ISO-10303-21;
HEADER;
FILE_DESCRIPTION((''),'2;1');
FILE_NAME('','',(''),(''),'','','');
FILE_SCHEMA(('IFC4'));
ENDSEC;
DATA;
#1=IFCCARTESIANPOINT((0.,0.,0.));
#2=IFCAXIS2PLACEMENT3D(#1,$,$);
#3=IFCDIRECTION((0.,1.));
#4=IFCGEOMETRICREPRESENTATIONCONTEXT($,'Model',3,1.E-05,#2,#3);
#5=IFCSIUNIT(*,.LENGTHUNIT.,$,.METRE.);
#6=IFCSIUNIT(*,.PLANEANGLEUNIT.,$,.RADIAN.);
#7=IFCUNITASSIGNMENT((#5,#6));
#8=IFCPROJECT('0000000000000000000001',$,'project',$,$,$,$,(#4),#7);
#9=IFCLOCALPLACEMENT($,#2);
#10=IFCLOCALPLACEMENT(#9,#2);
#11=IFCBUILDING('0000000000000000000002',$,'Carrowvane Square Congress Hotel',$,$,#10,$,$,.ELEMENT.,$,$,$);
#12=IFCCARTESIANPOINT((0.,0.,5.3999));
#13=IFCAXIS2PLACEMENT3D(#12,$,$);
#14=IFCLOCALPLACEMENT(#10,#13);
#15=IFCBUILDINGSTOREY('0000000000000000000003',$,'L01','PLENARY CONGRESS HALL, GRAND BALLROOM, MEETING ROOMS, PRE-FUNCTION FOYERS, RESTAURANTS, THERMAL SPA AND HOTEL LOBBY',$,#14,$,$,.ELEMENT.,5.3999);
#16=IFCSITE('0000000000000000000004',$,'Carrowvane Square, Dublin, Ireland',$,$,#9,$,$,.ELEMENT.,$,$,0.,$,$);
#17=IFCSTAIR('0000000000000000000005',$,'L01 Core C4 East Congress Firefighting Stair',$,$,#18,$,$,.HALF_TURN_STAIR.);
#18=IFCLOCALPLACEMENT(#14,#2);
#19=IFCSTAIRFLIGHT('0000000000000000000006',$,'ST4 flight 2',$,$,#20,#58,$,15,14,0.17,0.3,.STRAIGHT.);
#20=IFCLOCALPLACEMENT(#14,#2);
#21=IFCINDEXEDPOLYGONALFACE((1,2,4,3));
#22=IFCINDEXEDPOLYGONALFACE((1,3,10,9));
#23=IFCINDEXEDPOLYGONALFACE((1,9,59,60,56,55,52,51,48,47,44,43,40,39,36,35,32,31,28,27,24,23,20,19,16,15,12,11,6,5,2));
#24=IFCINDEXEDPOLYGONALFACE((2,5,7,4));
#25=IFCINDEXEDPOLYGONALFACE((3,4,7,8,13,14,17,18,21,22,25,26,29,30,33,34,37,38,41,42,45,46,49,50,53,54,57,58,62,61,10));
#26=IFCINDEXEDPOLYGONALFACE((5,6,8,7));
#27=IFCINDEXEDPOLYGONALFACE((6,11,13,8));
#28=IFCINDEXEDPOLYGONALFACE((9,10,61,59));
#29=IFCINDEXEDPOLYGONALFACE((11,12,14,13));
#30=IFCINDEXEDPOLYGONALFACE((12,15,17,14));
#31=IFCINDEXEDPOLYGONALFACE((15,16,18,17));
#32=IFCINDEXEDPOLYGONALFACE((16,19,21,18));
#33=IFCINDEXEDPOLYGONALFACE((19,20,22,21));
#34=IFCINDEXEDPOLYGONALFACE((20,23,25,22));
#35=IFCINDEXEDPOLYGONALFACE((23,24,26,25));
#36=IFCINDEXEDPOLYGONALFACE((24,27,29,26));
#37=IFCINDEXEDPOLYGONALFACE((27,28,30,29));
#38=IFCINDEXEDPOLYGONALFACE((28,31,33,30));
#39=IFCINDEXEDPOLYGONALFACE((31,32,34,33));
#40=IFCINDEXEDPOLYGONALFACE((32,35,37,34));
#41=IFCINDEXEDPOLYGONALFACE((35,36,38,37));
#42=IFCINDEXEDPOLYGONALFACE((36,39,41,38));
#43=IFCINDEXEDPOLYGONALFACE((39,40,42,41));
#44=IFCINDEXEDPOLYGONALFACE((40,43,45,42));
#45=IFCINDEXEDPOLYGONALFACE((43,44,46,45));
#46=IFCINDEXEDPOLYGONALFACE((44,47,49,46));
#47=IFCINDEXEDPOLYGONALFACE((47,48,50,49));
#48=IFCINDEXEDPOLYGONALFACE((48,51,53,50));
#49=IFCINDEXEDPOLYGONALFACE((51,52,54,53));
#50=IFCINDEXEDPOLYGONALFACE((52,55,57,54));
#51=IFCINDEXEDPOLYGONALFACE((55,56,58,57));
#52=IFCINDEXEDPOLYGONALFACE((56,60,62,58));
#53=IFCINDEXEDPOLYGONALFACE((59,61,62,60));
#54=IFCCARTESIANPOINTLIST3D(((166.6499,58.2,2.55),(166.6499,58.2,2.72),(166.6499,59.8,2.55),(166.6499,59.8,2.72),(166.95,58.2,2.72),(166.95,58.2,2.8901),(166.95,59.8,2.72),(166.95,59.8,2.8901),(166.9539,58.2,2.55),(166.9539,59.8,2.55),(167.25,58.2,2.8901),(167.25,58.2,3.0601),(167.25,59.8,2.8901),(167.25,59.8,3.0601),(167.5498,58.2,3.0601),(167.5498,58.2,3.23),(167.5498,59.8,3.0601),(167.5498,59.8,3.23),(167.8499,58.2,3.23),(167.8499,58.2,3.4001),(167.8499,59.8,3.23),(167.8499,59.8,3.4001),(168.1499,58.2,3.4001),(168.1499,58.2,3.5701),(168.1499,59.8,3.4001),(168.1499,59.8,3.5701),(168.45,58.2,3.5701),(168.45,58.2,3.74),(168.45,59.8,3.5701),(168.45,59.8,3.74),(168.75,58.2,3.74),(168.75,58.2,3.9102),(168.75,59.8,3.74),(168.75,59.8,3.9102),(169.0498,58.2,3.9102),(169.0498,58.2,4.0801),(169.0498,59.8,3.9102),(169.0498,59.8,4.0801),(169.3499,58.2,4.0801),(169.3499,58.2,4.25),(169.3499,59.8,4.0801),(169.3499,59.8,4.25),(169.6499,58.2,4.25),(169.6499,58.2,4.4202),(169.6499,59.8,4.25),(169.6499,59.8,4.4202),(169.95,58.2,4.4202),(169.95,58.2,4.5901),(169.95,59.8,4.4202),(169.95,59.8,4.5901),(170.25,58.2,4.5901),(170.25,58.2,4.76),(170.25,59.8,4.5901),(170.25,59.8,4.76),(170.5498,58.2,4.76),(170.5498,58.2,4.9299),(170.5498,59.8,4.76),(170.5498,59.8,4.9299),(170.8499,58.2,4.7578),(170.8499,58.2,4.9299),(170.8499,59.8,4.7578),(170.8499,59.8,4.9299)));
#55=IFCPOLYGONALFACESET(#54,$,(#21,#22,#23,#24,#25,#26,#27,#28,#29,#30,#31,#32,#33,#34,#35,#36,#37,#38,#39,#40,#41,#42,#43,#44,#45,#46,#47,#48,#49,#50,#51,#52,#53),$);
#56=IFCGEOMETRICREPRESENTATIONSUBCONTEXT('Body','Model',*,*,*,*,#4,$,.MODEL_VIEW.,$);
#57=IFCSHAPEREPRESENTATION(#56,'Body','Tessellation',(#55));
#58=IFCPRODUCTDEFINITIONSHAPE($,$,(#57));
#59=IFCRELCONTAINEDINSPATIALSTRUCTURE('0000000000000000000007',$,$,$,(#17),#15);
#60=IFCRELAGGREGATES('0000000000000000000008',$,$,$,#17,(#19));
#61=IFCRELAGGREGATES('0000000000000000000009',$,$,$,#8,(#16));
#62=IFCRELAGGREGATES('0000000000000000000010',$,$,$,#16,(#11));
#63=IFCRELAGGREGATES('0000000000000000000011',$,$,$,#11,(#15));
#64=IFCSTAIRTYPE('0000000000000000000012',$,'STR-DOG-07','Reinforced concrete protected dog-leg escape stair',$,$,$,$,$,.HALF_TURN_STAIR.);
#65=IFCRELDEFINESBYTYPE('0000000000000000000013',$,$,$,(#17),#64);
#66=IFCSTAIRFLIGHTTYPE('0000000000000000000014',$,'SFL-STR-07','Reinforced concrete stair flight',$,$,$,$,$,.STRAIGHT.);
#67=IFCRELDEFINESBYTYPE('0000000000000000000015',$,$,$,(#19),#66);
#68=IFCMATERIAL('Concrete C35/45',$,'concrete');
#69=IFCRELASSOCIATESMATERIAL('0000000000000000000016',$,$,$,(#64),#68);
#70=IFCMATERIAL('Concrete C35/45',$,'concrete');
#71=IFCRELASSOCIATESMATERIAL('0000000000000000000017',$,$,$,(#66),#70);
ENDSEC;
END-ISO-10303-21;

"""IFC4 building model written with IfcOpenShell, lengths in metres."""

from ifc_helpers import new_model, si_unit, direction, frame, origin, place, context, subcontext, project, spatial, polyline, outline, extrude, material, type_object, element, aggregate, save


model = new_model("IFC4")

# Units and contexts
model_context = context("Model", 3, precision=1e-05, world=origin(), true_north=direction((0.0, 1.0)))
body_context = subcontext(model_context, "Body", "Model", "MODEL_VIEW")
ifc_project = project(units=[si_unit("LENGTHUNIT", "METRE"), si_unit("PLANEANGLEUNIT", "RADIAN")], contexts=[model_context])

# Site, building, storey
site_placement = place(None, origin())
site = spatial("IfcSite", under=ifc_project, at=site_placement, Name="Carrowvane Square, Dublin, Ireland", CompositionType="ELEMENT", RefElevation=0.0)
building_placement = place(site_placement, origin())
building = spatial("IfcBuilding", under=site, at=building_placement, Name="Carrowvane Square Congress Hotel", CompositionType="ELEMENT")
storey_placement = place(building_placement, frame((0.0, 0.0, 5.3999)))
storey = spatial("IfcBuildingStorey", under=building, at=storey_placement, Name="L01", Description="PLENARY CONGRESS HALL, GRAND BALLROOM, MEETING ROOMS, PRE-FUNCTION FOYERS, RESTAURANTS, THERMAL SPA AND HOTEL LOBBY", CompositionType="ELEMENT", Elevation=5.3999)

# Stair, stair flight
ifc_material_1 = material(Name="Concrete C35/45", Category="concrete")
stair_type = type_object("IfcStairType", Name="STR-DOG-07", Description="Reinforced concrete protected dog-leg escape stair", PredefinedType="HALF_TURN_STAIR", material=ifc_material_1)
stair_placement = place(storey_placement, origin())
stair = element("IfcStair", 1, at=stair_placement, inside=storey, type_object=stair_type, Name="L01 Core C4 East Congress Firefighting Stair", PredefinedType="HALF_TURN_STAIR")
ifc_material_2 = material(Name="Concrete C35/45", Category="concrete")
stair_flight_type = type_object("IfcStairFlightType", Name="SFL-STR-07", Description="Reinforced concrete stair flight", PredefinedType="STRAIGHT", material=ifc_material_2)
stair_flight_1_placement = place(storey_placement, frame((166.6499, 59.0, 2.55), z_axis=(0.0, 0.0, 1.0), x_axis=(1.0, 0.0, 0.0)))
stair_flight_1 = element("IfcStairFlight", 2, at=stair_flight_1_placement, type_object=stair_flight_type, Name="ST4 flight 2", NumberOfRisers=15, NumberOfTreads=14, PredefinedType="STRAIGHT", RiserHeight=0.17, TreadLength=0.3, context=body_context, shape_type="SweptSolid", body=[
    extrude(outline(polyline([(0.0, 0.0), (0.0, 0.1699), (0.3, 0.1699), (0.3, 0.3401), (0.6001, 0.3401), (0.6001, 0.51), (0.8999, 0.51), (0.8999, 0.6799), (1.2, 0.6799), (1.2, 0.8501), (1.5, 0.8501), (1.5, 1.02), (1.8, 1.02), (1.8, 1.1899), (2.1001, 1.1899), (2.1001, 1.3601), (2.3999, 1.3601), (2.3999, 1.53), (2.7, 1.53), (2.7, 1.7), (3.0, 1.7), (3.0, 1.8701), (3.3, 1.8701), (3.3, 2.04), (3.6001, 2.04), (3.6001, 2.21), (3.8999, 2.21), (3.8999, 2.3799), (4.2, 2.3799), (4.2, 2.55), (4.2, 2.2078), (0.304, 0.0), (0.0, 0.0)])), frame((0.0, 0.8, 0.0), z_axis=(0.0, -1.0, 0.0), x_axis=(1.0, 0.0, 0.0)), (0.0, 0.0, 1.0), 1.6001),
])
aggregate(stair, [stair_flight_1])

save(model, "model.ifc")
